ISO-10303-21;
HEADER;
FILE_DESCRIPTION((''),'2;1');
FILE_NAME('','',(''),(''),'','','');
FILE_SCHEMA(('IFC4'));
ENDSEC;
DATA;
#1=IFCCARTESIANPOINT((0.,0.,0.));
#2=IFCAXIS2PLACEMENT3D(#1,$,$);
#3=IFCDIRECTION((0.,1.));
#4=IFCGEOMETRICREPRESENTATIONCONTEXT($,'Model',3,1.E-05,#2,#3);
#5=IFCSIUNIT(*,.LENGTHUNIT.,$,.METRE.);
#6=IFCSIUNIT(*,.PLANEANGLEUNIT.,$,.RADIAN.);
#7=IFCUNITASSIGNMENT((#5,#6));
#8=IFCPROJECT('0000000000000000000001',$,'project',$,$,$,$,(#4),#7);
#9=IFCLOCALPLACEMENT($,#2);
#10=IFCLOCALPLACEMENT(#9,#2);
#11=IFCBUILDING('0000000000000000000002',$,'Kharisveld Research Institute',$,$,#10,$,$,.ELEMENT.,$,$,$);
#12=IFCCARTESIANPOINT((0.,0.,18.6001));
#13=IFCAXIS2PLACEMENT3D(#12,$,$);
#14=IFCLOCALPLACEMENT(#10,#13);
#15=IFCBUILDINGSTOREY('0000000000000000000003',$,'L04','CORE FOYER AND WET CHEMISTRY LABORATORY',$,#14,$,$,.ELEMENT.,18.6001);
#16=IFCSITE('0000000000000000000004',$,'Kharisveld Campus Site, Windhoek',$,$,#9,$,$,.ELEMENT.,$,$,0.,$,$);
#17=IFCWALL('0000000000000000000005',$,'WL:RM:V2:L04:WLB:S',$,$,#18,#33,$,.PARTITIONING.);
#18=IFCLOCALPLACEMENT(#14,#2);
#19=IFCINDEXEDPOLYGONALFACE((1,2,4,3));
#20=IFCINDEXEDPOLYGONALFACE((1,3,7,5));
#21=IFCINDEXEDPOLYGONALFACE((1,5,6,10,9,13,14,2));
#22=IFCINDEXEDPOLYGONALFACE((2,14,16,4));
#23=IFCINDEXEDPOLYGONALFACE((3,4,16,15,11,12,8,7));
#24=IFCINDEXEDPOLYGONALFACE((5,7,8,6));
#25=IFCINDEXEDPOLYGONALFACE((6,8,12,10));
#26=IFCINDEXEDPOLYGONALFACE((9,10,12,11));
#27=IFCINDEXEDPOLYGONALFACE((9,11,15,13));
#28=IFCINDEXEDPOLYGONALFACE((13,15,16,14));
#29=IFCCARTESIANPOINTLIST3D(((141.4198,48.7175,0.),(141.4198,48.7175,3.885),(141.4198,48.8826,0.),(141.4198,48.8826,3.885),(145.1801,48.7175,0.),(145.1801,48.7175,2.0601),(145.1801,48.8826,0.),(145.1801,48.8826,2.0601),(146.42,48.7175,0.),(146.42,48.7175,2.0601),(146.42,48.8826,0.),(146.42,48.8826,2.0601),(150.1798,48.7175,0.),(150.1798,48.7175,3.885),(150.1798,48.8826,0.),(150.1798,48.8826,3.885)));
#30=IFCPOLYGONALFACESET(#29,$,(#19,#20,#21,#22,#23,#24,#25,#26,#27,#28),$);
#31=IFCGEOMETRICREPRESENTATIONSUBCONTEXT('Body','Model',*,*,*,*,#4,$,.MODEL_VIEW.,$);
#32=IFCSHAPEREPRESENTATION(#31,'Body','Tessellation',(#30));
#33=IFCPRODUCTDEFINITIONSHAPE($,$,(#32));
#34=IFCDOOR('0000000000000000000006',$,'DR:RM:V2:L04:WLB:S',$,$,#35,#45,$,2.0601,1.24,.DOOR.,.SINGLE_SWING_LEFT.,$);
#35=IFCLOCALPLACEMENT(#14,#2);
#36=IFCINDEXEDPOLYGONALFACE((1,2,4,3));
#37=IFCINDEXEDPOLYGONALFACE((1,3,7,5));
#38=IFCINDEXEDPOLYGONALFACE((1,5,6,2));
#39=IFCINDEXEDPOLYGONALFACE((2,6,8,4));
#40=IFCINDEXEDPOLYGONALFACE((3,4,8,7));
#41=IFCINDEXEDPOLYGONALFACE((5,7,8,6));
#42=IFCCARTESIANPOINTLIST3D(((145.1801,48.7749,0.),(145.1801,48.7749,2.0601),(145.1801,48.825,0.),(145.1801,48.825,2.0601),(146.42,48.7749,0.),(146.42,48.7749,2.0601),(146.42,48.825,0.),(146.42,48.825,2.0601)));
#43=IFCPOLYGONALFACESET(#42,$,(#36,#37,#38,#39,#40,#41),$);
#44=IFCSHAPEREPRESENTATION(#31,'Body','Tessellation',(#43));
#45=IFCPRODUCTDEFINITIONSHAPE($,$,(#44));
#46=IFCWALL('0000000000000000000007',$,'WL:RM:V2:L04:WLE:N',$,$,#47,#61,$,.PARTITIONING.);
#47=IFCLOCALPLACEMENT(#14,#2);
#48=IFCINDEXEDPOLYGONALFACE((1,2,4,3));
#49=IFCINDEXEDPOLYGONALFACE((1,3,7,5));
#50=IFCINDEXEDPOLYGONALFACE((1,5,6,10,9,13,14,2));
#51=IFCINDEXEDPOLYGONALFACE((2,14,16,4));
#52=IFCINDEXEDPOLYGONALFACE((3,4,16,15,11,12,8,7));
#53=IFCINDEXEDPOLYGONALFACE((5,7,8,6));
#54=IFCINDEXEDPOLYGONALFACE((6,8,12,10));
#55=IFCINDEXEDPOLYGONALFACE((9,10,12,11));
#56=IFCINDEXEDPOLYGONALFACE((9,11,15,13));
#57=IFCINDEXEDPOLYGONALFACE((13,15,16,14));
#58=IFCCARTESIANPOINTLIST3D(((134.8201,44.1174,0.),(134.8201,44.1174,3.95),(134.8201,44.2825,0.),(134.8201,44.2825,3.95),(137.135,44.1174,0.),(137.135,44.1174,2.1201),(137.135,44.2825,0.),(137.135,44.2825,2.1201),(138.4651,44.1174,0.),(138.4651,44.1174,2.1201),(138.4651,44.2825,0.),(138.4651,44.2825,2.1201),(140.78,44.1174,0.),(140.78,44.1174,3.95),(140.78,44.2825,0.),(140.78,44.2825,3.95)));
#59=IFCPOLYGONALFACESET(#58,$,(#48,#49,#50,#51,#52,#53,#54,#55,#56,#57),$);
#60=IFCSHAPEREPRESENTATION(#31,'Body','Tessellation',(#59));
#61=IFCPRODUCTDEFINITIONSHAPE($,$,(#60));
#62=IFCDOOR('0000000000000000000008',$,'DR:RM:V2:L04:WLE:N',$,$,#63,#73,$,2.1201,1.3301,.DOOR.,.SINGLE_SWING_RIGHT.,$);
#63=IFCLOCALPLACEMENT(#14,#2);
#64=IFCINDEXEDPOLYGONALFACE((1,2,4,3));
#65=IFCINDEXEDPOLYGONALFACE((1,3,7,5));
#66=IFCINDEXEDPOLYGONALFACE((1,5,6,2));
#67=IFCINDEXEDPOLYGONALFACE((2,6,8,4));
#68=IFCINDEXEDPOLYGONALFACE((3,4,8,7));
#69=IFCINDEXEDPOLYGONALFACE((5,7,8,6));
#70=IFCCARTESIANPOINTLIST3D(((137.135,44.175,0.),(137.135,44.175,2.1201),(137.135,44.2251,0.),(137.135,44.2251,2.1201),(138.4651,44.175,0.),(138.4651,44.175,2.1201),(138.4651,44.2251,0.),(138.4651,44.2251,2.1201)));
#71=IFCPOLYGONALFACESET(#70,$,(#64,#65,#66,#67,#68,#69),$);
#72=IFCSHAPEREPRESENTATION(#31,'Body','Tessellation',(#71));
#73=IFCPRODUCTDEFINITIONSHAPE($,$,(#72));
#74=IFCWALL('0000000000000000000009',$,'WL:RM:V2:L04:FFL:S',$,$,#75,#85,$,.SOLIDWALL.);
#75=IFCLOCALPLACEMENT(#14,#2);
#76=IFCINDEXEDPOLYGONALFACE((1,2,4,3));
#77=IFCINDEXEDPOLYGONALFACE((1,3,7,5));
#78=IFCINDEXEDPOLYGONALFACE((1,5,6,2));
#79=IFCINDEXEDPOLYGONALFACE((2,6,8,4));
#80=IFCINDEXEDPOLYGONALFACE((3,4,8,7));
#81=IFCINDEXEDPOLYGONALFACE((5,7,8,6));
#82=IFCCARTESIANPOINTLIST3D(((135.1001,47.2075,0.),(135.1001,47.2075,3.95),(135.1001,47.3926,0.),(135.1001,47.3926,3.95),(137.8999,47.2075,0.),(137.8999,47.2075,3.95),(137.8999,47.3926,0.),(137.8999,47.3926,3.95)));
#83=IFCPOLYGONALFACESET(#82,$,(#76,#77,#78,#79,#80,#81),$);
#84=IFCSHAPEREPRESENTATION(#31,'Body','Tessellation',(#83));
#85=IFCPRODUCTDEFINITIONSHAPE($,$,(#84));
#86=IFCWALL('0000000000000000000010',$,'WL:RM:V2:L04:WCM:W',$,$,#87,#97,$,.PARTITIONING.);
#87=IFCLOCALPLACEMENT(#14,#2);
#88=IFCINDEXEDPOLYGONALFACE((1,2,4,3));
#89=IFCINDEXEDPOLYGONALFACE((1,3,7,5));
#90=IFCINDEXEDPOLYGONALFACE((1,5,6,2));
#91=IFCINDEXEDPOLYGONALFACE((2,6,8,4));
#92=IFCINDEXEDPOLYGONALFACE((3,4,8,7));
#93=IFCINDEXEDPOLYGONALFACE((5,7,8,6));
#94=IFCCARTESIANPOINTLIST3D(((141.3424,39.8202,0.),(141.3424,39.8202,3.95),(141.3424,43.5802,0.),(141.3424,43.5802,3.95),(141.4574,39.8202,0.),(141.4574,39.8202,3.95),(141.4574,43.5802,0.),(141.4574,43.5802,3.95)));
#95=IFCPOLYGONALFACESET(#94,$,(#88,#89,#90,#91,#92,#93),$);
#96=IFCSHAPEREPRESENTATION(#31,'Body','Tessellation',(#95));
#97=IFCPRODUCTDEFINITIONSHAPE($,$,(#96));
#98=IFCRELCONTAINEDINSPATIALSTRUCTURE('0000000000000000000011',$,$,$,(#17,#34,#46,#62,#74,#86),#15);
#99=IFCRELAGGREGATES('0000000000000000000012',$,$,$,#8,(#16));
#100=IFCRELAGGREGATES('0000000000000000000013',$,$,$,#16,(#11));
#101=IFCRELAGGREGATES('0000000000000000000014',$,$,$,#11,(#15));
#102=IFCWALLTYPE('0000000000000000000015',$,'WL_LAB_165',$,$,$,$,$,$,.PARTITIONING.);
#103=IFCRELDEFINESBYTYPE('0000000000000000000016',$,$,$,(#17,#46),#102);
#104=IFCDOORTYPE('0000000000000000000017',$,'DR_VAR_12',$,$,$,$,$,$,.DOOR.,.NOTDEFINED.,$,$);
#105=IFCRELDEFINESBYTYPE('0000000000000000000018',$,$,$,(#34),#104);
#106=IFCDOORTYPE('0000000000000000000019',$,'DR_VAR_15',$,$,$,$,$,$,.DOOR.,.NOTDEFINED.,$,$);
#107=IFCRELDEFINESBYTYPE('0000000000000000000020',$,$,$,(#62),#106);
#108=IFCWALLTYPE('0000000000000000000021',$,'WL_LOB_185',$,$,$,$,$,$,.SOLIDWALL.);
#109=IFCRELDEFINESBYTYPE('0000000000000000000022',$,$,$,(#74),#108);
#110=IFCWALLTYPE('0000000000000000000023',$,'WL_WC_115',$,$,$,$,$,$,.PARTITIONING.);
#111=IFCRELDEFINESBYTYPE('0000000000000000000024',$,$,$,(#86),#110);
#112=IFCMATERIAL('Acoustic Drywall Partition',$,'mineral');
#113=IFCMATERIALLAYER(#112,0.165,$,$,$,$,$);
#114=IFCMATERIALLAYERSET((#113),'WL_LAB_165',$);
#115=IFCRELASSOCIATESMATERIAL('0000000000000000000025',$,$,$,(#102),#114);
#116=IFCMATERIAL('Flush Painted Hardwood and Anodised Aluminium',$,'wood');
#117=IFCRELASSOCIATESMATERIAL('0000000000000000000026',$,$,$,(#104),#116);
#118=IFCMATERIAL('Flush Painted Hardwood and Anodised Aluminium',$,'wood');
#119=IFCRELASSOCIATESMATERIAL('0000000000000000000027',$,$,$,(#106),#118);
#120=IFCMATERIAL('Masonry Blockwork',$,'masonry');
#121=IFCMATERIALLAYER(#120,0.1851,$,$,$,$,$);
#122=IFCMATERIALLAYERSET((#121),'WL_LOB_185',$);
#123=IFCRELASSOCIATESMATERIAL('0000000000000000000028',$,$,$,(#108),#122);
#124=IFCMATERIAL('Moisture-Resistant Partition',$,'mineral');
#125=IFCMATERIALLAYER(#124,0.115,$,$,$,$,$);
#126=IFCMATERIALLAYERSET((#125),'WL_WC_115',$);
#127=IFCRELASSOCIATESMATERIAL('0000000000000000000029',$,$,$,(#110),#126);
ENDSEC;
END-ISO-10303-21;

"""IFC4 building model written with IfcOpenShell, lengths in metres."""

from ifc_helpers import new_model, si_unit, direction, frame, frame_2d, origin, place, context, subcontext, project, spatial, rectangle, extrude, material, layer, layer_set, type_object, element, fill, save


model = new_model("IFC4")

# Units and contexts
model_context = context("Model", 3, precision=1e-05, world=origin(), true_north=direction((0.0, 1.0)))
body_context = subcontext(model_context, "Body", "Model", "MODEL_VIEW")
ifc_project = project(units=[si_unit("LENGTHUNIT", "METRE"), si_unit("PLANEANGLEUNIT", "RADIAN")], contexts=[model_context])

# Site, building, storey
site_placement = place(None, origin())
site = spatial("IfcSite", under=ifc_project, at=site_placement, Name="Kharisveld Campus Site, Windhoek", CompositionType="ELEMENT", RefElevation=0.0)
building_placement = place(site_placement, origin())
building = spatial("IfcBuilding", under=site, at=building_placement, Name="Kharisveld Research Institute", CompositionType="ELEMENT")
storey_placement = place(building_placement, frame((0.0, 0.0, 18.6001)))
storey = spatial("IfcBuildingStorey", under=building, at=storey_placement, Name="L04", Description="CORE FOYER AND WET CHEMISTRY LABORATORY", CompositionType="ELEMENT", Elevation=18.6001)

# Walls, openings, doors
ifc_material_1 = material(Name="Acoustic Drywall Partition", Category="mineral")
ifc_layer_1 = layer(ifc_material_1, 0.165)
ifc_layer_set_1 = layer_set([ifc_layer_1], Name="WL_LAB_165")
wall_type_1 = type_object("IfcWallType", Name="WL_LAB_165", PredefinedType="PARTITIONING", material=ifc_layer_set_1)
wall_1_placement = place(storey_placement, frame((141.4199, 48.8, 0.0), z_axis=(0.0, 0.0, 1.0), x_axis=(1.0, 0.0, 0.0)))
wall_1 = element("IfcWall", 1, at=wall_1_placement, inside=storey, type_object=wall_type_1, Name="WL:RM:V2:L04:WLB:S", PredefinedType="PARTITIONING", context=body_context, shape_type="SweptSolid", body=[
    extrude(rectangle(XDim=8.76, YDim=0.165, at=frame_2d((4.3799, 0.0))), origin(), (0.0, 0.0, 1.0), 3.885),
])
opening_1_placement = place(wall_1_placement, frame((3.76, 0.0, 0.0)))
opening_1 = element("IfcOpeningElement", 2, at=opening_1_placement, cuts=wall_1, PredefinedType="OPENING", context=body_context, shape_type="SweptSolid", body=[
    extrude(rectangle(XDim=1.24, YDim=2.0601, at=frame_2d((0.6201, 1.03))), frame((0.0, 0.0825, 0.0), z_axis=(0.0, -1.0, 0.0), x_axis=(1.0, 0.0, 0.0)), (0.0, 0.0, 1.0), 0.165),
])
ifc_material_2 = material(Name="Flush Painted Hardwood and Anodised Aluminium", Category="wood")
door_type_1 = type_object("IfcDoorType", Name="DR_VAR_12", OperationType="NOTDEFINED", PredefinedType="DOOR", material=ifc_material_2)
door_1_placement = place(opening_1_placement, origin())
door_1 = element("IfcDoor", 3, at=door_1_placement, inside=storey, type_object=door_type_1, Name="DR:RM:V2:L04:WLB:S", OperationType="SINGLE_SWING_LEFT", OverallHeight=2.0601, OverallWidth=1.24, PredefinedType="DOOR", context=body_context, shape_type="SweptSolid", body=[
    extrude(rectangle(XDim=1.24, YDim=2.0601, at=frame_2d((0.6201, 1.03))), frame((0.0, 0.0249, 0.0), z_axis=(0.0, -1.0, 0.0), x_axis=(1.0, 0.0, 0.0)), (0.0, 0.0, 1.0), 0.05),
])
fill(opening_1, door_1)
wall_2_placement = place(storey_placement, frame((140.78, 44.2, 0.0), z_axis=(0.0, 0.0, 1.0), x_axis=(-1.0, 0.0, 0.0)))
wall_2 = element("IfcWall", 4, at=wall_2_placement, inside=storey, type_object=wall_type_1, Name="WL:RM:V2:L04:WLE:N", PredefinedType="PARTITIONING", context=body_context, shape_type="SweptSolid", body=[
    extrude(rectangle(XDim=5.96, YDim=0.165, at=frame_2d((2.98, 0.0))), origin(), (0.0, 0.0, 1.0), 3.95),
])
opening_2_placement = place(wall_2_placement, frame((2.3149, 0.0, 0.0)))
opening_2 = element("IfcOpeningElement", 5, at=opening_2_placement, cuts=wall_2, PredefinedType="OPENING", context=body_context, shape_type="SweptSolid", body=[
    extrude(rectangle(XDim=1.3301, YDim=2.1201, at=frame_2d((0.665, 1.0601))), frame((0.0, 0.0825, 0.0), z_axis=(0.0, -1.0, 0.0), x_axis=(1.0, 0.0, 0.0)), (0.0, 0.0, 1.0), 0.165),
])
ifc_material_3 = material(Name="Flush Painted Hardwood and Anodised Aluminium", Category="wood")
door_type_2 = type_object("IfcDoorType", Name="DR_VAR_15", OperationType="NOTDEFINED", PredefinedType="DOOR", material=ifc_material_3)
door_2_placement = place(opening_2_placement, origin())
door_2 = element("IfcDoor", 6, at=door_2_placement, inside=storey, type_object=door_type_2, Name="DR:RM:V2:L04:WLE:N", OperationType="SINGLE_SWING_RIGHT", OverallHeight=2.1201, OverallWidth=1.3301, PredefinedType="DOOR", context=body_context, shape_type="SweptSolid", body=[
    extrude(rectangle(XDim=1.3301, YDim=2.1201, at=frame_2d((0.665, 1.0601))), frame((0.0, 0.0249, 0.0), z_axis=(0.0, -1.0, 0.0), x_axis=(1.0, 0.0, 0.0)), (0.0, 0.0, 1.0), 0.05),
])
fill(opening_2, door_2)

# Wall
ifc_material_4 = material(Name="Masonry Blockwork", Category="masonry")
ifc_layer_2 = layer(ifc_material_4, 0.1851)
ifc_layer_set_2 = layer_set([ifc_layer_2], Name="WL_LOB_185")
wall_type_2 = type_object("IfcWallType", Name="WL_LOB_185", PredefinedType="SOLIDWALL", material=ifc_layer_set_2)
wall_3_placement = place(storey_placement, frame((135.1001, 47.3, 0.0), z_axis=(0.0, 0.0, 1.0), x_axis=(1.0, 0.0, 0.0)))
element("IfcWall", 7, at=wall_3_placement, inside=storey, type_object=wall_type_2, Name="WL:RM:V2:L04:FFL:S", PredefinedType="SOLIDWALL", context=body_context, shape_type="SweptSolid", body=[
    extrude(rectangle(XDim=2.7998, YDim=0.1851, at=frame_2d((1.3999, 0.0))), origin(), (0.0, 0.0, 1.0), 3.95),
])

# Shared definitions
ifc_material_5 = material(Name="Moisture-Resistant Partition", Category="mineral")
ifc_layer_3 = layer(ifc_material_5, 0.115)
ifc_layer_set_3 = layer_set([ifc_layer_3], Name="WL_WC_115")
wall_type_3 = type_object("IfcWallType", Name="WL_WC_115", PredefinedType="PARTITIONING", material=ifc_layer_set_3)

# Wall
wall_4_placement = place(storey_placement, frame((141.3999, 43.5801, 0.0), z_axis=(0.0, 0.0, 1.0), x_axis=(0.0, -1.0, 0.0)))
element("IfcWall", 8, at=wall_4_placement, inside=storey, type_object=wall_type_3, Name="WL:RM:V2:L04:WCM:W", PredefinedType="PARTITIONING", context=body_context, shape_type="SweptSolid", body=[
    extrude(rectangle(XDim=3.76, YDim=0.115, at=frame_2d((1.8799, 0.0))), origin(), (0.0, 0.0, 1.0), 3.95),
])

save(model, "model.ifc")
